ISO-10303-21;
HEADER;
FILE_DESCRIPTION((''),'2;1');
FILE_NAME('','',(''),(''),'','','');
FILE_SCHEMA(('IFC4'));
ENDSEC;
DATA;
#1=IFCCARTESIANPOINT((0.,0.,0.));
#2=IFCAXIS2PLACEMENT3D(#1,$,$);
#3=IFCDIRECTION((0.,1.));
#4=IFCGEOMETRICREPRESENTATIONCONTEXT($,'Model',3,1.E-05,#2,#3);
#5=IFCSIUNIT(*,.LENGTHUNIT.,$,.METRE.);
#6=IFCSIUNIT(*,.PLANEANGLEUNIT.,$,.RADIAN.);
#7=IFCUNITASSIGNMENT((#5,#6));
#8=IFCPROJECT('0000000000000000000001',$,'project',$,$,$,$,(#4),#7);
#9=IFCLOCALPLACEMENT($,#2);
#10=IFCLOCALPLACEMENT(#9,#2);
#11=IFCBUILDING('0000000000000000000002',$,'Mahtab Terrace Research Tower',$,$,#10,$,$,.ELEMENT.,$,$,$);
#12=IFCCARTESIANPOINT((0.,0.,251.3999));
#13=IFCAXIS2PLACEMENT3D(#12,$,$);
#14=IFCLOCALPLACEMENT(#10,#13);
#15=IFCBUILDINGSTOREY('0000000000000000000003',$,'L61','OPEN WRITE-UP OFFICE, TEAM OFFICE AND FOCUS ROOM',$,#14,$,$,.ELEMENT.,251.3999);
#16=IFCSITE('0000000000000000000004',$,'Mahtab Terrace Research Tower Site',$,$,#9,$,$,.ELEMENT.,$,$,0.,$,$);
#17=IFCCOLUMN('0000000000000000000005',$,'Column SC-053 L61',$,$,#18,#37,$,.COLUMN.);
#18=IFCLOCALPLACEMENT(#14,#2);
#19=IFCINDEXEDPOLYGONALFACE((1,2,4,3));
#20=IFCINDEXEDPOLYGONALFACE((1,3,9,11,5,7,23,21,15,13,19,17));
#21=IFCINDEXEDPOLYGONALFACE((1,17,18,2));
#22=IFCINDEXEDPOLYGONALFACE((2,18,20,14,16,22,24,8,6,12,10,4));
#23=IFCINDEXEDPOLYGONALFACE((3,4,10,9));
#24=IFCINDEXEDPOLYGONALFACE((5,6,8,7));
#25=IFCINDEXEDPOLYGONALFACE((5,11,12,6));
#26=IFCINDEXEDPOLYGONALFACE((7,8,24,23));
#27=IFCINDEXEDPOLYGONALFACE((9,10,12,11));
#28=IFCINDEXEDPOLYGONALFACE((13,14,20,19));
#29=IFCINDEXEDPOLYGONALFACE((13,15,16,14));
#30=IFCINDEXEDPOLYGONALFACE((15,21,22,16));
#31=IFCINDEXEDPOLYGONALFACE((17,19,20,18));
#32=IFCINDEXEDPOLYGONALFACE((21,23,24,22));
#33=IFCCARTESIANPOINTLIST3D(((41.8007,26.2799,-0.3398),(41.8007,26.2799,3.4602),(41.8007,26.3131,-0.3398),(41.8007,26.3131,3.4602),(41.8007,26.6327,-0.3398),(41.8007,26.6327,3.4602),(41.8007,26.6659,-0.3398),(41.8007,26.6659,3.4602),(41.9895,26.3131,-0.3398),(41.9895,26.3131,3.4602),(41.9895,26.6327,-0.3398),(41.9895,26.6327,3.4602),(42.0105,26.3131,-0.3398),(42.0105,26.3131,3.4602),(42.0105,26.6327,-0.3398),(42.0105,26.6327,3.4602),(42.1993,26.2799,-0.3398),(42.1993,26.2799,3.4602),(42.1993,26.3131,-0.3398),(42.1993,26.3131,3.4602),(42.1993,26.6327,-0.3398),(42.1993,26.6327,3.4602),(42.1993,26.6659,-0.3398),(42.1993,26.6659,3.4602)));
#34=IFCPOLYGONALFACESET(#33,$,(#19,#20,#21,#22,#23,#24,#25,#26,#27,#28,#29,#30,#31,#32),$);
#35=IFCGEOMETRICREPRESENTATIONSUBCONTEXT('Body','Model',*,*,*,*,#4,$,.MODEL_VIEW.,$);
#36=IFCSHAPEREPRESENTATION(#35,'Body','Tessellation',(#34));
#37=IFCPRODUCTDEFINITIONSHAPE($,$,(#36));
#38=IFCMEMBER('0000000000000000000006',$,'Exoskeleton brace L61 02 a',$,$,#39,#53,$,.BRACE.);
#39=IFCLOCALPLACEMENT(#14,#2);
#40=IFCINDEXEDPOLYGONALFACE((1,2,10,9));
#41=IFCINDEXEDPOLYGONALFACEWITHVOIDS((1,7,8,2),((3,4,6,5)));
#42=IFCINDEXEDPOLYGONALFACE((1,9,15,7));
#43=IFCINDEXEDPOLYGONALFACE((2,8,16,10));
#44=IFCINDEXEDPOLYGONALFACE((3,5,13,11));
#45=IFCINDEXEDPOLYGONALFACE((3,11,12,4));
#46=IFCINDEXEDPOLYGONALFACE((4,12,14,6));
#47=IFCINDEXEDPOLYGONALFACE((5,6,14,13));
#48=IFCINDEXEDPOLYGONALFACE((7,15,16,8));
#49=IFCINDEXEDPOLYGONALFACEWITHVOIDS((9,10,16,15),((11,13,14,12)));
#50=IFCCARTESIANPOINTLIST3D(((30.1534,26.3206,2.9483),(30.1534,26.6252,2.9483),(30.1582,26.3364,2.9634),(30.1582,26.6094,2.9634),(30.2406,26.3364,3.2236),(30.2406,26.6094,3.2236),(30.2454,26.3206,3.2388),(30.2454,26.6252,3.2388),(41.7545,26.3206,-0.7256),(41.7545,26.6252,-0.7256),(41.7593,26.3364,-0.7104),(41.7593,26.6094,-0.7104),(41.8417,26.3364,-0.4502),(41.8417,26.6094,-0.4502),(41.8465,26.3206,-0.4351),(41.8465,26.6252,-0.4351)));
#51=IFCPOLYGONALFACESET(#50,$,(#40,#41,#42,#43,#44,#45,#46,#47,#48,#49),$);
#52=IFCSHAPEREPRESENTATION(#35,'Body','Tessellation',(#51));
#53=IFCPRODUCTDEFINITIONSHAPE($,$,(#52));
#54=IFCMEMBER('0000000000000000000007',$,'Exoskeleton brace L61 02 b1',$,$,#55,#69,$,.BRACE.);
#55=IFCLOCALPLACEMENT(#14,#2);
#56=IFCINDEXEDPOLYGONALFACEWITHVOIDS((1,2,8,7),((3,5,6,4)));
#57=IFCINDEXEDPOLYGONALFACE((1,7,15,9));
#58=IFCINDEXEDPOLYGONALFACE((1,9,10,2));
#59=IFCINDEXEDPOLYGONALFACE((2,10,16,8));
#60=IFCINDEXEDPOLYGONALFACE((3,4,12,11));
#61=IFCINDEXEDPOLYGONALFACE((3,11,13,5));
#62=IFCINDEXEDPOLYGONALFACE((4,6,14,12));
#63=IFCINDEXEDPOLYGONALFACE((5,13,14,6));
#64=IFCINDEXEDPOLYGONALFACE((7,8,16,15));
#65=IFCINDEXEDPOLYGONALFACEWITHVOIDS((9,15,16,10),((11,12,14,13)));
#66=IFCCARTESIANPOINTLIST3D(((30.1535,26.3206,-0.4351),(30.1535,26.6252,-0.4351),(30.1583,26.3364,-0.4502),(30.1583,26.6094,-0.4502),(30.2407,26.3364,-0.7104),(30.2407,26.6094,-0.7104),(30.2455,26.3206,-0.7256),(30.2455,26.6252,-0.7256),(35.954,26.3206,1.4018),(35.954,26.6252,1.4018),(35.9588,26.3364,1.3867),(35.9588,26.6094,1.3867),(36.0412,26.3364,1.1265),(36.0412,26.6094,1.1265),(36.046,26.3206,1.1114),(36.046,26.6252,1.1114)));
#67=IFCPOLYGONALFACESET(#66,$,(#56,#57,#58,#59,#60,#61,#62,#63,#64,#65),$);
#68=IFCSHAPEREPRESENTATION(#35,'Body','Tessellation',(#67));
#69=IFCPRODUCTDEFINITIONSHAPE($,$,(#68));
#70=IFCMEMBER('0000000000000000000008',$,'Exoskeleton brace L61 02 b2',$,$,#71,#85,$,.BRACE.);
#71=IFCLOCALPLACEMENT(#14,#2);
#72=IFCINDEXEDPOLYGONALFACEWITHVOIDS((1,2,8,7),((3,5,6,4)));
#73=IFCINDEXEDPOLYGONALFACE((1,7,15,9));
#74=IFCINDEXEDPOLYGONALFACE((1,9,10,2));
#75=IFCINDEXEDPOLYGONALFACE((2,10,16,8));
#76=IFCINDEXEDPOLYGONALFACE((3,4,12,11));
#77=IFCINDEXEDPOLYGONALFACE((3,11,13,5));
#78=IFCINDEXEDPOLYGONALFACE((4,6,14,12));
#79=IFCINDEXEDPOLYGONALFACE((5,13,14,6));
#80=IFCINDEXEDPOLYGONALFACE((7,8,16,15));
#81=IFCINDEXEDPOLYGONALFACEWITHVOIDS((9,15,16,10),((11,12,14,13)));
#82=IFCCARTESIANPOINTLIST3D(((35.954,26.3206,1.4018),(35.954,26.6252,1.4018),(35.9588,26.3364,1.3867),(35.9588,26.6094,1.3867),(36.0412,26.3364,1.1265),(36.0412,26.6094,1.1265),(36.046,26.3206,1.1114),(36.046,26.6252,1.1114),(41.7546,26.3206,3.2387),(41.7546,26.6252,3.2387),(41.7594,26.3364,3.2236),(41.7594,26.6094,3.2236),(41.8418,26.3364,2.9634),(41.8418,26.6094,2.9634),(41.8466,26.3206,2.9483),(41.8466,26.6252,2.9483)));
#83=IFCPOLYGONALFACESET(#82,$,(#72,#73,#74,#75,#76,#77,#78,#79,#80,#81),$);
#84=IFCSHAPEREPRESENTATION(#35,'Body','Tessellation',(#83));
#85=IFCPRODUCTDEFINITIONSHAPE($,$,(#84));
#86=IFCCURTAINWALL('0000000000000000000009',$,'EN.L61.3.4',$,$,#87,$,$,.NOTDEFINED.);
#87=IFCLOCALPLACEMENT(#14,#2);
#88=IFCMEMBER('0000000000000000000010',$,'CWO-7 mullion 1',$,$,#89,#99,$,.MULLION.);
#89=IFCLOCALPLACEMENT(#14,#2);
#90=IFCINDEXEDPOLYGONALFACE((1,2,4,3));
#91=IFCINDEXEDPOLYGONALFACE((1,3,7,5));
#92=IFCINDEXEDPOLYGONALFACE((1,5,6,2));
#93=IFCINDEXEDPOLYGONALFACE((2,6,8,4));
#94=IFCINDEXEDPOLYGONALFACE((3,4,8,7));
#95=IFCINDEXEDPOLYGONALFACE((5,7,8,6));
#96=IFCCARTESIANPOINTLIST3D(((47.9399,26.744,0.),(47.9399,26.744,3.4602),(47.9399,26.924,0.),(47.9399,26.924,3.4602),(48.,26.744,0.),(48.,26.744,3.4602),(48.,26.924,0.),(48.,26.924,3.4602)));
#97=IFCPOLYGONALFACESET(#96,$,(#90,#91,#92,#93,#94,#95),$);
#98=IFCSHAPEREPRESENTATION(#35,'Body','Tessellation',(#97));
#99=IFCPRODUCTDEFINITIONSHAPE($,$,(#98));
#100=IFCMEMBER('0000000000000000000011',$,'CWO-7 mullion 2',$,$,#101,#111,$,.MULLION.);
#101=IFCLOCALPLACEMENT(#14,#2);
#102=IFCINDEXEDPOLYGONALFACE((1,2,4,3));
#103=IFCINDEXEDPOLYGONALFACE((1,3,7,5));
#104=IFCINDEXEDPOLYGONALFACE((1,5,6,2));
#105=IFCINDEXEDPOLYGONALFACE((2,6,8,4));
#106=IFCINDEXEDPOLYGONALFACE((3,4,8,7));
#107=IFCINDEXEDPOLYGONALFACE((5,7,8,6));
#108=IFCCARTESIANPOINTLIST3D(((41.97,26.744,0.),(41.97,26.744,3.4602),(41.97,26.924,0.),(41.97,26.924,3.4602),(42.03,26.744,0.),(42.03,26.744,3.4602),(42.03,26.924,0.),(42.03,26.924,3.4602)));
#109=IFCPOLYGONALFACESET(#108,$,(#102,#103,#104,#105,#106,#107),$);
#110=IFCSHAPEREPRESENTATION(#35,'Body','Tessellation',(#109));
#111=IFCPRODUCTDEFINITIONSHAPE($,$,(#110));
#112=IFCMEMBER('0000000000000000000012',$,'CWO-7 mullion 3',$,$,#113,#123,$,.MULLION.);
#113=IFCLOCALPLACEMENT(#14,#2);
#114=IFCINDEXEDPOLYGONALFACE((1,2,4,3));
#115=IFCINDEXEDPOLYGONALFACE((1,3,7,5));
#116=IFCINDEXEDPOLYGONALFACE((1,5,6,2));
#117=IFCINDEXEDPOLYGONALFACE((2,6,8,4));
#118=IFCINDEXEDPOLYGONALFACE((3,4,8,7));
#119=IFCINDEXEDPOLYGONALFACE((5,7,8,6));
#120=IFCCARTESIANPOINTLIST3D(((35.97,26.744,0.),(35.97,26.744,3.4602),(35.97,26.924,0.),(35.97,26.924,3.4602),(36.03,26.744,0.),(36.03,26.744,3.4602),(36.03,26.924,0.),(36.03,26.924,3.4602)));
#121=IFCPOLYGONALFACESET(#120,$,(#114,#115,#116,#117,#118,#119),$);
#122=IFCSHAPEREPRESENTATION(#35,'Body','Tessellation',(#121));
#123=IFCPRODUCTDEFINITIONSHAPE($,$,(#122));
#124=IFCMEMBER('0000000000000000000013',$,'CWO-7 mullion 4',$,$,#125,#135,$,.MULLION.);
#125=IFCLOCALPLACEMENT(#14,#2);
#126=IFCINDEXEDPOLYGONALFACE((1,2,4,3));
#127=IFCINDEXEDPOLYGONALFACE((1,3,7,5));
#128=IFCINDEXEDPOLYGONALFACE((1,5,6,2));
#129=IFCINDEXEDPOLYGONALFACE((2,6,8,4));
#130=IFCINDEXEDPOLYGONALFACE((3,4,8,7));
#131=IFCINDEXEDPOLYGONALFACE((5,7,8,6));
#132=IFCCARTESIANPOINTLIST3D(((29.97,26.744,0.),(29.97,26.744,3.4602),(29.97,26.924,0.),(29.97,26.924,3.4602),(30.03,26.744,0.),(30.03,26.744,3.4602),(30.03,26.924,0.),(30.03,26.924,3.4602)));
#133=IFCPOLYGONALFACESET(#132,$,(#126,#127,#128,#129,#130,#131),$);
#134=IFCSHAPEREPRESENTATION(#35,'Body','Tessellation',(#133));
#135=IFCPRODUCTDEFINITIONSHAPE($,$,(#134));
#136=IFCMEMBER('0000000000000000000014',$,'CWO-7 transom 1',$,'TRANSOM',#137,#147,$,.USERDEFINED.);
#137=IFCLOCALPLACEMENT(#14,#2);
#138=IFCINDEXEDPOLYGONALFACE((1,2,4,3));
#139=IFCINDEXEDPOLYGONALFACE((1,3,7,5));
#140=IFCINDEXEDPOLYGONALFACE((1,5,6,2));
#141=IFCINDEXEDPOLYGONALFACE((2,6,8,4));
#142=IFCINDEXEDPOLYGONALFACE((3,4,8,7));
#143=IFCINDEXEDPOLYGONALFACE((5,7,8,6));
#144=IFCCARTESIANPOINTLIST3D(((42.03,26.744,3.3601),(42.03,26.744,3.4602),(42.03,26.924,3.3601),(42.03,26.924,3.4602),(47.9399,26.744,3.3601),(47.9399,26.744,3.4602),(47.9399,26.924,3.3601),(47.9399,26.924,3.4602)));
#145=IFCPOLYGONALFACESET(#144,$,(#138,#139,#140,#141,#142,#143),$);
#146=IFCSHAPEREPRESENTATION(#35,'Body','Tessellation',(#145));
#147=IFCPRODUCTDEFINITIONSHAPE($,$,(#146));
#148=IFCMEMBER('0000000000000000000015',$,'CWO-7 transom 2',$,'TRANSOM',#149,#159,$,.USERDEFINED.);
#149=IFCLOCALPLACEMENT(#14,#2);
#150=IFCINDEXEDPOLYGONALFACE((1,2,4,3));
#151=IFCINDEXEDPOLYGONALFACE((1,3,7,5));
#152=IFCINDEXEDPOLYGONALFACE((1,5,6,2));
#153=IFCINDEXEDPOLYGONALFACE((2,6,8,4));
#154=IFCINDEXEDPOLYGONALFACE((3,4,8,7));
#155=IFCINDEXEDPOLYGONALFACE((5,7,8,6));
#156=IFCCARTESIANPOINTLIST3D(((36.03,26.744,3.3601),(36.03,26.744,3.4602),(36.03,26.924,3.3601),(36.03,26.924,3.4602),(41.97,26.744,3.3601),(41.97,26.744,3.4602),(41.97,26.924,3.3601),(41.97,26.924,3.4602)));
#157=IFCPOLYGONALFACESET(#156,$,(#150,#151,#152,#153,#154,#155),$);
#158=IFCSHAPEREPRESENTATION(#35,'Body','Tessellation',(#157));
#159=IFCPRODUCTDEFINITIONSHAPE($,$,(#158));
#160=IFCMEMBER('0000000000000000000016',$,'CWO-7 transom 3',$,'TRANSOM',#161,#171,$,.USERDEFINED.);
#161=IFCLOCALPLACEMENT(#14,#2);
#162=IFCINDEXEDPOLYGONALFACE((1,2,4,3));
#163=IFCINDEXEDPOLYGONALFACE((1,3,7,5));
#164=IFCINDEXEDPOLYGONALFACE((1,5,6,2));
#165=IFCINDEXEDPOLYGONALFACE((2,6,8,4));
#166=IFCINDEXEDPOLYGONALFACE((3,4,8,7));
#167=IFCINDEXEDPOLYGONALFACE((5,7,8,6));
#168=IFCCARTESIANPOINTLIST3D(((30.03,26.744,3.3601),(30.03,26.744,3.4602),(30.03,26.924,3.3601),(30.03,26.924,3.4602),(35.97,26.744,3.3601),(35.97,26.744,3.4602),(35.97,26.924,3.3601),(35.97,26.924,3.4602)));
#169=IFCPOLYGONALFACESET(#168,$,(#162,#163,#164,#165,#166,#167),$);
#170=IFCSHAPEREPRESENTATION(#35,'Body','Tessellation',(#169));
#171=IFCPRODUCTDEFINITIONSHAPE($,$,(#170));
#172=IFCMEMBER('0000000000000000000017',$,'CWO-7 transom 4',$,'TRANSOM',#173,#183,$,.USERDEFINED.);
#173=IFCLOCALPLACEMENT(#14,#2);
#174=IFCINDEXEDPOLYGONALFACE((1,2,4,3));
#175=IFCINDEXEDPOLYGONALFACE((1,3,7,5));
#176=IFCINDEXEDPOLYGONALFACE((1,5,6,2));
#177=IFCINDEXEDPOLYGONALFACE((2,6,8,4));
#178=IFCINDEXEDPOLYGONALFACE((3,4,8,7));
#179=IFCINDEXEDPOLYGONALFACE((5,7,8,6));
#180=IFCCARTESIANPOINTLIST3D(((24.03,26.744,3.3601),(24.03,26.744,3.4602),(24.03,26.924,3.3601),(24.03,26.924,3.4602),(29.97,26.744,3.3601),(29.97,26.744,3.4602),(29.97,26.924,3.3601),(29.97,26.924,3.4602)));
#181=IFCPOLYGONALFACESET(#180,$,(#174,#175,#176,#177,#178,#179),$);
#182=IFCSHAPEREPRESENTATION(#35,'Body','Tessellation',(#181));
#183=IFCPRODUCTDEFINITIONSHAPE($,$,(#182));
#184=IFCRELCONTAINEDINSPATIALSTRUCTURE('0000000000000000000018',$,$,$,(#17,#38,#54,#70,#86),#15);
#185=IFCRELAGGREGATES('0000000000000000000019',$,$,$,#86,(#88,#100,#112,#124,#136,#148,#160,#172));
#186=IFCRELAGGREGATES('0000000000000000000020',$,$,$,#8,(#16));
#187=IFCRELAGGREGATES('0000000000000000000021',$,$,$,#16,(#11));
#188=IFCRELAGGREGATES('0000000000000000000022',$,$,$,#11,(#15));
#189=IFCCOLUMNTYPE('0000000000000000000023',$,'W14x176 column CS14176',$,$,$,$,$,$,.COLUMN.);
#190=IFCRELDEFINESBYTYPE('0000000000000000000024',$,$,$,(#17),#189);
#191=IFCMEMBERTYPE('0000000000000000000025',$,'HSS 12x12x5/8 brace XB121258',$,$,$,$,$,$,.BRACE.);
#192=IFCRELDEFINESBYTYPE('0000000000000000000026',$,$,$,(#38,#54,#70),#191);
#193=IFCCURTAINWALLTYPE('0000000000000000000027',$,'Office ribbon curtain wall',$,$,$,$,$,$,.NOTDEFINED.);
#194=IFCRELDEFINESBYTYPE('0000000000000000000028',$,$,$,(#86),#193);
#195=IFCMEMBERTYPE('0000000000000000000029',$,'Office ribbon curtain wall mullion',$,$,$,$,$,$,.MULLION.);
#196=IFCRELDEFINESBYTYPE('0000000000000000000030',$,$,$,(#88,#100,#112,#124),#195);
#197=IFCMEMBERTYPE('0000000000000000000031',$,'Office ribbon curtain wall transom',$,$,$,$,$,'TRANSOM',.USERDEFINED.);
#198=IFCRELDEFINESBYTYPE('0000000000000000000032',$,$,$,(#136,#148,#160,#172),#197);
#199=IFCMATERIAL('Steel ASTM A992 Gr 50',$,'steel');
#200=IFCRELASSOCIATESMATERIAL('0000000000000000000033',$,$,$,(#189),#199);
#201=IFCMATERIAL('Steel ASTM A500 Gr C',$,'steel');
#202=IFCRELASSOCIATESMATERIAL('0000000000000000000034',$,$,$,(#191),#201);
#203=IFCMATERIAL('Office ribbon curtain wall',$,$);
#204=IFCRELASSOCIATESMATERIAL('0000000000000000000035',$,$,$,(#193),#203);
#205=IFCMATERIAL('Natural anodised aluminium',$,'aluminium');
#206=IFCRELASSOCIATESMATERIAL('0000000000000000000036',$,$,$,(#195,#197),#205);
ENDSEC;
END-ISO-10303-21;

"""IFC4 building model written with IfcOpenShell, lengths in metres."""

from ifc_helpers import new_model, si_unit, direction, frame, origin, origin_2d, place, context, subcontext, project, spatial, rectangle, hollow_rectangle, i_section, extrude, material, material_profile, profile_set, type_object, element, aggregate, save


model = new_model("IFC4")

# Units and contexts
model_context = context("Model", 3, precision=1e-05, world=origin(), true_north=direction((0.0, 1.0)))
body_context = subcontext(model_context, "Body", "Model", "MODEL_VIEW")
ifc_project = project(units=[si_unit("LENGTHUNIT", "METRE"), si_unit("PLANEANGLEUNIT", "RADIAN")], contexts=[model_context])

# Site, building, storey
site_placement = place(None, origin())
site = spatial("IfcSite", under=ifc_project, at=site_placement, Name="Mahtab Terrace Research Tower Site", CompositionType="ELEMENT", RefElevation=0.0)
building_placement = place(site_placement, origin())
building = spatial("IfcBuilding", under=site, at=building_placement, Name="Mahtab Terrace Research Tower", CompositionType="ELEMENT")
storey_placement = place(building_placement, frame((0.0, 0.0, 251.3999)))
storey = spatial("IfcBuildingStorey", under=building, at=storey_placement, Name="L61", Description="OPEN WRITE-UP OFFICE, TEAM OFFICE AND FOCUS ROOM", CompositionType="ELEMENT", Elevation=251.3999)

# Column
ifc_material_1 = material(Name="Steel ASTM A992 Gr 50", Category="steel")
ifc_material_profile_1 = material_profile(ifc_material_1, i_section(OverallWidth=0.3987, OverallDepth=0.386, WebThickness=0.021, FlangeThickness=0.0332, at=origin_2d()), Name="W14X176")
ifc_profile_set_1 = profile_set([ifc_material_profile_1], Name="Steel ASTM A992 Gr 50")
column_type = type_object("IfcColumnType", Name="W14x176 column CS14176", PredefinedType="COLUMN", material=ifc_profile_set_1)
column_placement = place(storey_placement, frame((42.0, 26.4729, -0.3398), z_axis=(0.0, 0.0, 1.0), x_axis=(1.0, 0.0, 0.0)))
element("IfcColumn", 1, at=column_placement, inside=storey, type_object=column_type, Name="Column SC-053 L61", PredefinedType="COLUMN", context=body_context, shape_type="SweptSolid", body=[
    extrude(i_section(OverallWidth=0.3987, OverallDepth=0.386, WebThickness=0.021, FlangeThickness=0.0332, at=origin_2d()), origin(), (0.0, 0.0, 1.0), 3.8),
])

# Members
ifc_material_2 = material(Name="Steel ASTM A500 Gr C", Category="steel")
ifc_material_profile_2 = material_profile(ifc_material_2, hollow_rectangle(XDim=0.3047, YDim=0.3047, WallThickness=0.0159, at=origin_2d()), Name="HSS12X12X5/8")
ifc_profile_set_2 = profile_set([ifc_material_profile_2], Name="Steel ASTM A500 Gr C")
member_type_1 = type_object("IfcMemberType", Name="HSS 12x12x5/8 brace XB121258", PredefinedType="BRACE", material=ifc_profile_set_2)
member_1_placement = place(storey_placement, frame((41.8005, 26.4729, -0.5803), z_axis=(-0.953339, 0.0, 0.301903), x_axis=(0.0, -1.0, 0.0)))
element("IfcMember", 2, at=member_1_placement, inside=storey, type_object=member_type_1, Name="Exoskeleton brace L61 02 a", PredefinedType="BRACE", context=body_context, shape_type="SweptSolid", body=[
    extrude(hollow_rectangle(XDim=0.3047, YDim=0.3047, WallThickness=0.0159, at=origin_2d()), origin(), (0.0, 0.0, 1.0), 12.1689),
])
for number, where, z_axis, x_axis, name in (
    (3, (30.1995, 26.4729, -0.5803), (0.953339, 0.0, 0.301903), (0.0, 1.0, 0.0), "Exoskeleton brace L61 02 b1"),
    (4, (36.0, 26.4729, 1.2566), (0.953339, 0.0, 0.301903), (0.0, 1.0, 0.0), "Exoskeleton brace L61 02 b2"),
):
    element("IfcMember", number, at=place(storey_placement, frame(where, z_axis=z_axis, x_axis=x_axis)), inside=storey, type_object=member_type_1, Name=name, PredefinedType="BRACE", context=body_context, shape_type="SweptSolid", body=[
        extrude(hollow_rectangle(XDim=0.3047, YDim=0.3047, WallThickness=0.0159, at=origin_2d()), origin(), (0.0, 0.0, 1.0), 6.0845),
    ])

# Curtain wall, members
ifc_material_3 = material(Name="Office ribbon curtain wall")
curtain_wall_type = type_object("IfcCurtainWallType", Name="Office ribbon curtain wall", PredefinedType="NOTDEFINED", material=ifc_material_3)
curtain_wall_placement = place(storey_placement, origin())
curtain_wall = element("IfcCurtainWall", 5, at=curtain_wall_placement, inside=storey, type_object=curtain_wall_type, Name="EN.L61.3.4", PredefinedType="NOTDEFINED")
ifc_material_4 = material(Name="Natural anodised aluminium", Category="aluminium")
ifc_material_profile_3 = material_profile(ifc_material_4, rectangle(XDim=0.1799, YDim=0.0601, at=origin_2d()), Name="MULLION 60x180")
ifc_profile_set_3 = profile_set([ifc_material_profile_3], Name="Natural anodised aluminium")
member_type_2 = type_object("IfcMemberType", Name="Office ribbon curtain wall mullion", PredefinedType="MULLION", material=ifc_profile_set_3)
member_2_placement = place(storey_placement, frame((47.97, 26.834, 0.0), z_axis=(0.0, 0.0, 1.0), x_axis=(0.0, -1.0, 0.0)))
member_2 = element("IfcMember", 6, at=member_2_placement, type_object=member_type_2, Name="CWO-7 mullion 1", PredefinedType="MULLION", context=body_context, shape_type="SweptSolid", body=[
    extrude(rectangle(XDim=0.1799, YDim=0.0601, at=origin_2d()), origin(), (0.0, 0.0, 1.0), 3.4602),
])
member_3_placement = place(storey_placement, frame((42.0, 26.834, 0.0), z_axis=(0.0, 0.0, 1.0), x_axis=(0.0, -1.0, 0.0)))
member_3 = element("IfcMember", 7, at=member_3_placement, type_object=member_type_2, Name="CWO-7 mullion 2", PredefinedType="MULLION", context=body_context, shape_type="SweptSolid", body=[
    extrude(rectangle(XDim=0.1799, YDim=0.0601, at=origin_2d()), origin(), (0.0, 0.0, 1.0), 3.4602),
])
member_4_placement = place(storey_placement, frame((36.0, 26.834, 0.0), z_axis=(0.0, 0.0, 1.0), x_axis=(0.0, -1.0, 0.0)))
member_4 = element("IfcMember", 8, at=member_4_placement, type_object=member_type_2, Name="CWO-7 mullion 3", PredefinedType="MULLION", context=body_context, shape_type="SweptSolid", body=[
    extrude(rectangle(XDim=0.1799, YDim=0.0601, at=origin_2d()), origin(), (0.0, 0.0, 1.0), 3.4602),
])
member_5_placement = place(storey_placement, frame((30.0, 26.834, 0.0), z_axis=(0.0, 0.0, 1.0), x_axis=(0.0, -1.0, 0.0)))
member_5 = element("IfcMember", 9, at=member_5_placement, type_object=member_type_2, Name="CWO-7 mullion 4", PredefinedType="MULLION", context=body_context, shape_type="SweptSolid", body=[
    extrude(rectangle(XDim=0.1799, YDim=0.0601, at=origin_2d()), origin(), (0.0, 0.0, 1.0), 3.4602),
])
ifc_material_profile_4 = material_profile(ifc_material_4, rectangle(XDim=0.1799, YDim=0.1001, at=origin_2d()), Name="TRANSOM 100x180")
ifc_profile_set_4 = profile_set([ifc_material_profile_4], Name="Natural anodised aluminium")
member_type_3 = type_object("IfcMemberType", Name="Office ribbon curtain wall transom", ElementType="TRANSOM", PredefinedType="USERDEFINED", material=ifc_profile_set_4)
member_6_placement = place(storey_placement, frame((47.9399, 26.834, 3.4102), z_axis=(-1.0, 0.0, 0.0), x_axis=(0.0, -1.0, 0.0)))
member_6 = element("IfcMember", 10, at=member_6_placement, type_object=member_type_3, Name="CWO-7 transom 1", ObjectType="TRANSOM", PredefinedType="USERDEFINED", context=body_context, shape_type="SweptSolid", body=[
    extrude(rectangle(XDim=0.1799, YDim=0.1001, at=origin_2d()), origin(), (0.0, 0.0, 1.0), 5.9099),
])
member_7_placement = place(storey_placement, frame((41.97, 26.834, 3.4102), z_axis=(-1.0, 0.0, 0.0), x_axis=(0.0, -1.0, 0.0)))
member_7 = element("IfcMember", 11, at=member_7_placement, type_object=member_type_3, Name="CWO-7 transom 2", ObjectType="TRANSOM", PredefinedType="USERDEFINED", context=body_context, shape_type="SweptSolid", body=[
    extrude(rectangle(XDim=0.1799, YDim=0.1001, at=origin_2d()), origin(), (0.0, 0.0, 1.0), 5.9399),
])
member_8_placement = place(storey_placement, frame((35.97, 26.834, 3.4102), z_axis=(-1.0, 0.0, 0.0), x_axis=(0.0, -1.0, 0.0)))
member_8 = element("IfcMember", 12, at=member_8_placement, type_object=member_type_3, Name="CWO-7 transom 3", ObjectType="TRANSOM", PredefinedType="USERDEFINED", context=body_context, shape_type="SweptSolid", body=[
    extrude(rectangle(XDim=0.1799, YDim=0.1001, at=origin_2d()), origin(), (0.0, 0.0, 1.0), 5.9399),
])
member_9_placement = place(storey_placement, frame((29.97, 26.834, 3.4102), z_axis=(-1.0, 0.0, 0.0), x_axis=(0.0, -1.0, 0.0)))
member_9 = element("IfcMember", 13, at=member_9_placement, type_object=member_type_3, Name="CWO-7 transom 4", ObjectType="TRANSOM", PredefinedType="USERDEFINED", context=body_context, shape_type="SweptSolid", body=[
    extrude(rectangle(XDim=0.1799, YDim=0.1001, at=origin_2d()), origin(), (0.0, 0.0, 1.0), 5.9399),
])

aggregate(curtain_wall, [member_2, member_3, member_4, member_5, member_6, member_7, member_8, member_9])

save(model, "model.ifc")
